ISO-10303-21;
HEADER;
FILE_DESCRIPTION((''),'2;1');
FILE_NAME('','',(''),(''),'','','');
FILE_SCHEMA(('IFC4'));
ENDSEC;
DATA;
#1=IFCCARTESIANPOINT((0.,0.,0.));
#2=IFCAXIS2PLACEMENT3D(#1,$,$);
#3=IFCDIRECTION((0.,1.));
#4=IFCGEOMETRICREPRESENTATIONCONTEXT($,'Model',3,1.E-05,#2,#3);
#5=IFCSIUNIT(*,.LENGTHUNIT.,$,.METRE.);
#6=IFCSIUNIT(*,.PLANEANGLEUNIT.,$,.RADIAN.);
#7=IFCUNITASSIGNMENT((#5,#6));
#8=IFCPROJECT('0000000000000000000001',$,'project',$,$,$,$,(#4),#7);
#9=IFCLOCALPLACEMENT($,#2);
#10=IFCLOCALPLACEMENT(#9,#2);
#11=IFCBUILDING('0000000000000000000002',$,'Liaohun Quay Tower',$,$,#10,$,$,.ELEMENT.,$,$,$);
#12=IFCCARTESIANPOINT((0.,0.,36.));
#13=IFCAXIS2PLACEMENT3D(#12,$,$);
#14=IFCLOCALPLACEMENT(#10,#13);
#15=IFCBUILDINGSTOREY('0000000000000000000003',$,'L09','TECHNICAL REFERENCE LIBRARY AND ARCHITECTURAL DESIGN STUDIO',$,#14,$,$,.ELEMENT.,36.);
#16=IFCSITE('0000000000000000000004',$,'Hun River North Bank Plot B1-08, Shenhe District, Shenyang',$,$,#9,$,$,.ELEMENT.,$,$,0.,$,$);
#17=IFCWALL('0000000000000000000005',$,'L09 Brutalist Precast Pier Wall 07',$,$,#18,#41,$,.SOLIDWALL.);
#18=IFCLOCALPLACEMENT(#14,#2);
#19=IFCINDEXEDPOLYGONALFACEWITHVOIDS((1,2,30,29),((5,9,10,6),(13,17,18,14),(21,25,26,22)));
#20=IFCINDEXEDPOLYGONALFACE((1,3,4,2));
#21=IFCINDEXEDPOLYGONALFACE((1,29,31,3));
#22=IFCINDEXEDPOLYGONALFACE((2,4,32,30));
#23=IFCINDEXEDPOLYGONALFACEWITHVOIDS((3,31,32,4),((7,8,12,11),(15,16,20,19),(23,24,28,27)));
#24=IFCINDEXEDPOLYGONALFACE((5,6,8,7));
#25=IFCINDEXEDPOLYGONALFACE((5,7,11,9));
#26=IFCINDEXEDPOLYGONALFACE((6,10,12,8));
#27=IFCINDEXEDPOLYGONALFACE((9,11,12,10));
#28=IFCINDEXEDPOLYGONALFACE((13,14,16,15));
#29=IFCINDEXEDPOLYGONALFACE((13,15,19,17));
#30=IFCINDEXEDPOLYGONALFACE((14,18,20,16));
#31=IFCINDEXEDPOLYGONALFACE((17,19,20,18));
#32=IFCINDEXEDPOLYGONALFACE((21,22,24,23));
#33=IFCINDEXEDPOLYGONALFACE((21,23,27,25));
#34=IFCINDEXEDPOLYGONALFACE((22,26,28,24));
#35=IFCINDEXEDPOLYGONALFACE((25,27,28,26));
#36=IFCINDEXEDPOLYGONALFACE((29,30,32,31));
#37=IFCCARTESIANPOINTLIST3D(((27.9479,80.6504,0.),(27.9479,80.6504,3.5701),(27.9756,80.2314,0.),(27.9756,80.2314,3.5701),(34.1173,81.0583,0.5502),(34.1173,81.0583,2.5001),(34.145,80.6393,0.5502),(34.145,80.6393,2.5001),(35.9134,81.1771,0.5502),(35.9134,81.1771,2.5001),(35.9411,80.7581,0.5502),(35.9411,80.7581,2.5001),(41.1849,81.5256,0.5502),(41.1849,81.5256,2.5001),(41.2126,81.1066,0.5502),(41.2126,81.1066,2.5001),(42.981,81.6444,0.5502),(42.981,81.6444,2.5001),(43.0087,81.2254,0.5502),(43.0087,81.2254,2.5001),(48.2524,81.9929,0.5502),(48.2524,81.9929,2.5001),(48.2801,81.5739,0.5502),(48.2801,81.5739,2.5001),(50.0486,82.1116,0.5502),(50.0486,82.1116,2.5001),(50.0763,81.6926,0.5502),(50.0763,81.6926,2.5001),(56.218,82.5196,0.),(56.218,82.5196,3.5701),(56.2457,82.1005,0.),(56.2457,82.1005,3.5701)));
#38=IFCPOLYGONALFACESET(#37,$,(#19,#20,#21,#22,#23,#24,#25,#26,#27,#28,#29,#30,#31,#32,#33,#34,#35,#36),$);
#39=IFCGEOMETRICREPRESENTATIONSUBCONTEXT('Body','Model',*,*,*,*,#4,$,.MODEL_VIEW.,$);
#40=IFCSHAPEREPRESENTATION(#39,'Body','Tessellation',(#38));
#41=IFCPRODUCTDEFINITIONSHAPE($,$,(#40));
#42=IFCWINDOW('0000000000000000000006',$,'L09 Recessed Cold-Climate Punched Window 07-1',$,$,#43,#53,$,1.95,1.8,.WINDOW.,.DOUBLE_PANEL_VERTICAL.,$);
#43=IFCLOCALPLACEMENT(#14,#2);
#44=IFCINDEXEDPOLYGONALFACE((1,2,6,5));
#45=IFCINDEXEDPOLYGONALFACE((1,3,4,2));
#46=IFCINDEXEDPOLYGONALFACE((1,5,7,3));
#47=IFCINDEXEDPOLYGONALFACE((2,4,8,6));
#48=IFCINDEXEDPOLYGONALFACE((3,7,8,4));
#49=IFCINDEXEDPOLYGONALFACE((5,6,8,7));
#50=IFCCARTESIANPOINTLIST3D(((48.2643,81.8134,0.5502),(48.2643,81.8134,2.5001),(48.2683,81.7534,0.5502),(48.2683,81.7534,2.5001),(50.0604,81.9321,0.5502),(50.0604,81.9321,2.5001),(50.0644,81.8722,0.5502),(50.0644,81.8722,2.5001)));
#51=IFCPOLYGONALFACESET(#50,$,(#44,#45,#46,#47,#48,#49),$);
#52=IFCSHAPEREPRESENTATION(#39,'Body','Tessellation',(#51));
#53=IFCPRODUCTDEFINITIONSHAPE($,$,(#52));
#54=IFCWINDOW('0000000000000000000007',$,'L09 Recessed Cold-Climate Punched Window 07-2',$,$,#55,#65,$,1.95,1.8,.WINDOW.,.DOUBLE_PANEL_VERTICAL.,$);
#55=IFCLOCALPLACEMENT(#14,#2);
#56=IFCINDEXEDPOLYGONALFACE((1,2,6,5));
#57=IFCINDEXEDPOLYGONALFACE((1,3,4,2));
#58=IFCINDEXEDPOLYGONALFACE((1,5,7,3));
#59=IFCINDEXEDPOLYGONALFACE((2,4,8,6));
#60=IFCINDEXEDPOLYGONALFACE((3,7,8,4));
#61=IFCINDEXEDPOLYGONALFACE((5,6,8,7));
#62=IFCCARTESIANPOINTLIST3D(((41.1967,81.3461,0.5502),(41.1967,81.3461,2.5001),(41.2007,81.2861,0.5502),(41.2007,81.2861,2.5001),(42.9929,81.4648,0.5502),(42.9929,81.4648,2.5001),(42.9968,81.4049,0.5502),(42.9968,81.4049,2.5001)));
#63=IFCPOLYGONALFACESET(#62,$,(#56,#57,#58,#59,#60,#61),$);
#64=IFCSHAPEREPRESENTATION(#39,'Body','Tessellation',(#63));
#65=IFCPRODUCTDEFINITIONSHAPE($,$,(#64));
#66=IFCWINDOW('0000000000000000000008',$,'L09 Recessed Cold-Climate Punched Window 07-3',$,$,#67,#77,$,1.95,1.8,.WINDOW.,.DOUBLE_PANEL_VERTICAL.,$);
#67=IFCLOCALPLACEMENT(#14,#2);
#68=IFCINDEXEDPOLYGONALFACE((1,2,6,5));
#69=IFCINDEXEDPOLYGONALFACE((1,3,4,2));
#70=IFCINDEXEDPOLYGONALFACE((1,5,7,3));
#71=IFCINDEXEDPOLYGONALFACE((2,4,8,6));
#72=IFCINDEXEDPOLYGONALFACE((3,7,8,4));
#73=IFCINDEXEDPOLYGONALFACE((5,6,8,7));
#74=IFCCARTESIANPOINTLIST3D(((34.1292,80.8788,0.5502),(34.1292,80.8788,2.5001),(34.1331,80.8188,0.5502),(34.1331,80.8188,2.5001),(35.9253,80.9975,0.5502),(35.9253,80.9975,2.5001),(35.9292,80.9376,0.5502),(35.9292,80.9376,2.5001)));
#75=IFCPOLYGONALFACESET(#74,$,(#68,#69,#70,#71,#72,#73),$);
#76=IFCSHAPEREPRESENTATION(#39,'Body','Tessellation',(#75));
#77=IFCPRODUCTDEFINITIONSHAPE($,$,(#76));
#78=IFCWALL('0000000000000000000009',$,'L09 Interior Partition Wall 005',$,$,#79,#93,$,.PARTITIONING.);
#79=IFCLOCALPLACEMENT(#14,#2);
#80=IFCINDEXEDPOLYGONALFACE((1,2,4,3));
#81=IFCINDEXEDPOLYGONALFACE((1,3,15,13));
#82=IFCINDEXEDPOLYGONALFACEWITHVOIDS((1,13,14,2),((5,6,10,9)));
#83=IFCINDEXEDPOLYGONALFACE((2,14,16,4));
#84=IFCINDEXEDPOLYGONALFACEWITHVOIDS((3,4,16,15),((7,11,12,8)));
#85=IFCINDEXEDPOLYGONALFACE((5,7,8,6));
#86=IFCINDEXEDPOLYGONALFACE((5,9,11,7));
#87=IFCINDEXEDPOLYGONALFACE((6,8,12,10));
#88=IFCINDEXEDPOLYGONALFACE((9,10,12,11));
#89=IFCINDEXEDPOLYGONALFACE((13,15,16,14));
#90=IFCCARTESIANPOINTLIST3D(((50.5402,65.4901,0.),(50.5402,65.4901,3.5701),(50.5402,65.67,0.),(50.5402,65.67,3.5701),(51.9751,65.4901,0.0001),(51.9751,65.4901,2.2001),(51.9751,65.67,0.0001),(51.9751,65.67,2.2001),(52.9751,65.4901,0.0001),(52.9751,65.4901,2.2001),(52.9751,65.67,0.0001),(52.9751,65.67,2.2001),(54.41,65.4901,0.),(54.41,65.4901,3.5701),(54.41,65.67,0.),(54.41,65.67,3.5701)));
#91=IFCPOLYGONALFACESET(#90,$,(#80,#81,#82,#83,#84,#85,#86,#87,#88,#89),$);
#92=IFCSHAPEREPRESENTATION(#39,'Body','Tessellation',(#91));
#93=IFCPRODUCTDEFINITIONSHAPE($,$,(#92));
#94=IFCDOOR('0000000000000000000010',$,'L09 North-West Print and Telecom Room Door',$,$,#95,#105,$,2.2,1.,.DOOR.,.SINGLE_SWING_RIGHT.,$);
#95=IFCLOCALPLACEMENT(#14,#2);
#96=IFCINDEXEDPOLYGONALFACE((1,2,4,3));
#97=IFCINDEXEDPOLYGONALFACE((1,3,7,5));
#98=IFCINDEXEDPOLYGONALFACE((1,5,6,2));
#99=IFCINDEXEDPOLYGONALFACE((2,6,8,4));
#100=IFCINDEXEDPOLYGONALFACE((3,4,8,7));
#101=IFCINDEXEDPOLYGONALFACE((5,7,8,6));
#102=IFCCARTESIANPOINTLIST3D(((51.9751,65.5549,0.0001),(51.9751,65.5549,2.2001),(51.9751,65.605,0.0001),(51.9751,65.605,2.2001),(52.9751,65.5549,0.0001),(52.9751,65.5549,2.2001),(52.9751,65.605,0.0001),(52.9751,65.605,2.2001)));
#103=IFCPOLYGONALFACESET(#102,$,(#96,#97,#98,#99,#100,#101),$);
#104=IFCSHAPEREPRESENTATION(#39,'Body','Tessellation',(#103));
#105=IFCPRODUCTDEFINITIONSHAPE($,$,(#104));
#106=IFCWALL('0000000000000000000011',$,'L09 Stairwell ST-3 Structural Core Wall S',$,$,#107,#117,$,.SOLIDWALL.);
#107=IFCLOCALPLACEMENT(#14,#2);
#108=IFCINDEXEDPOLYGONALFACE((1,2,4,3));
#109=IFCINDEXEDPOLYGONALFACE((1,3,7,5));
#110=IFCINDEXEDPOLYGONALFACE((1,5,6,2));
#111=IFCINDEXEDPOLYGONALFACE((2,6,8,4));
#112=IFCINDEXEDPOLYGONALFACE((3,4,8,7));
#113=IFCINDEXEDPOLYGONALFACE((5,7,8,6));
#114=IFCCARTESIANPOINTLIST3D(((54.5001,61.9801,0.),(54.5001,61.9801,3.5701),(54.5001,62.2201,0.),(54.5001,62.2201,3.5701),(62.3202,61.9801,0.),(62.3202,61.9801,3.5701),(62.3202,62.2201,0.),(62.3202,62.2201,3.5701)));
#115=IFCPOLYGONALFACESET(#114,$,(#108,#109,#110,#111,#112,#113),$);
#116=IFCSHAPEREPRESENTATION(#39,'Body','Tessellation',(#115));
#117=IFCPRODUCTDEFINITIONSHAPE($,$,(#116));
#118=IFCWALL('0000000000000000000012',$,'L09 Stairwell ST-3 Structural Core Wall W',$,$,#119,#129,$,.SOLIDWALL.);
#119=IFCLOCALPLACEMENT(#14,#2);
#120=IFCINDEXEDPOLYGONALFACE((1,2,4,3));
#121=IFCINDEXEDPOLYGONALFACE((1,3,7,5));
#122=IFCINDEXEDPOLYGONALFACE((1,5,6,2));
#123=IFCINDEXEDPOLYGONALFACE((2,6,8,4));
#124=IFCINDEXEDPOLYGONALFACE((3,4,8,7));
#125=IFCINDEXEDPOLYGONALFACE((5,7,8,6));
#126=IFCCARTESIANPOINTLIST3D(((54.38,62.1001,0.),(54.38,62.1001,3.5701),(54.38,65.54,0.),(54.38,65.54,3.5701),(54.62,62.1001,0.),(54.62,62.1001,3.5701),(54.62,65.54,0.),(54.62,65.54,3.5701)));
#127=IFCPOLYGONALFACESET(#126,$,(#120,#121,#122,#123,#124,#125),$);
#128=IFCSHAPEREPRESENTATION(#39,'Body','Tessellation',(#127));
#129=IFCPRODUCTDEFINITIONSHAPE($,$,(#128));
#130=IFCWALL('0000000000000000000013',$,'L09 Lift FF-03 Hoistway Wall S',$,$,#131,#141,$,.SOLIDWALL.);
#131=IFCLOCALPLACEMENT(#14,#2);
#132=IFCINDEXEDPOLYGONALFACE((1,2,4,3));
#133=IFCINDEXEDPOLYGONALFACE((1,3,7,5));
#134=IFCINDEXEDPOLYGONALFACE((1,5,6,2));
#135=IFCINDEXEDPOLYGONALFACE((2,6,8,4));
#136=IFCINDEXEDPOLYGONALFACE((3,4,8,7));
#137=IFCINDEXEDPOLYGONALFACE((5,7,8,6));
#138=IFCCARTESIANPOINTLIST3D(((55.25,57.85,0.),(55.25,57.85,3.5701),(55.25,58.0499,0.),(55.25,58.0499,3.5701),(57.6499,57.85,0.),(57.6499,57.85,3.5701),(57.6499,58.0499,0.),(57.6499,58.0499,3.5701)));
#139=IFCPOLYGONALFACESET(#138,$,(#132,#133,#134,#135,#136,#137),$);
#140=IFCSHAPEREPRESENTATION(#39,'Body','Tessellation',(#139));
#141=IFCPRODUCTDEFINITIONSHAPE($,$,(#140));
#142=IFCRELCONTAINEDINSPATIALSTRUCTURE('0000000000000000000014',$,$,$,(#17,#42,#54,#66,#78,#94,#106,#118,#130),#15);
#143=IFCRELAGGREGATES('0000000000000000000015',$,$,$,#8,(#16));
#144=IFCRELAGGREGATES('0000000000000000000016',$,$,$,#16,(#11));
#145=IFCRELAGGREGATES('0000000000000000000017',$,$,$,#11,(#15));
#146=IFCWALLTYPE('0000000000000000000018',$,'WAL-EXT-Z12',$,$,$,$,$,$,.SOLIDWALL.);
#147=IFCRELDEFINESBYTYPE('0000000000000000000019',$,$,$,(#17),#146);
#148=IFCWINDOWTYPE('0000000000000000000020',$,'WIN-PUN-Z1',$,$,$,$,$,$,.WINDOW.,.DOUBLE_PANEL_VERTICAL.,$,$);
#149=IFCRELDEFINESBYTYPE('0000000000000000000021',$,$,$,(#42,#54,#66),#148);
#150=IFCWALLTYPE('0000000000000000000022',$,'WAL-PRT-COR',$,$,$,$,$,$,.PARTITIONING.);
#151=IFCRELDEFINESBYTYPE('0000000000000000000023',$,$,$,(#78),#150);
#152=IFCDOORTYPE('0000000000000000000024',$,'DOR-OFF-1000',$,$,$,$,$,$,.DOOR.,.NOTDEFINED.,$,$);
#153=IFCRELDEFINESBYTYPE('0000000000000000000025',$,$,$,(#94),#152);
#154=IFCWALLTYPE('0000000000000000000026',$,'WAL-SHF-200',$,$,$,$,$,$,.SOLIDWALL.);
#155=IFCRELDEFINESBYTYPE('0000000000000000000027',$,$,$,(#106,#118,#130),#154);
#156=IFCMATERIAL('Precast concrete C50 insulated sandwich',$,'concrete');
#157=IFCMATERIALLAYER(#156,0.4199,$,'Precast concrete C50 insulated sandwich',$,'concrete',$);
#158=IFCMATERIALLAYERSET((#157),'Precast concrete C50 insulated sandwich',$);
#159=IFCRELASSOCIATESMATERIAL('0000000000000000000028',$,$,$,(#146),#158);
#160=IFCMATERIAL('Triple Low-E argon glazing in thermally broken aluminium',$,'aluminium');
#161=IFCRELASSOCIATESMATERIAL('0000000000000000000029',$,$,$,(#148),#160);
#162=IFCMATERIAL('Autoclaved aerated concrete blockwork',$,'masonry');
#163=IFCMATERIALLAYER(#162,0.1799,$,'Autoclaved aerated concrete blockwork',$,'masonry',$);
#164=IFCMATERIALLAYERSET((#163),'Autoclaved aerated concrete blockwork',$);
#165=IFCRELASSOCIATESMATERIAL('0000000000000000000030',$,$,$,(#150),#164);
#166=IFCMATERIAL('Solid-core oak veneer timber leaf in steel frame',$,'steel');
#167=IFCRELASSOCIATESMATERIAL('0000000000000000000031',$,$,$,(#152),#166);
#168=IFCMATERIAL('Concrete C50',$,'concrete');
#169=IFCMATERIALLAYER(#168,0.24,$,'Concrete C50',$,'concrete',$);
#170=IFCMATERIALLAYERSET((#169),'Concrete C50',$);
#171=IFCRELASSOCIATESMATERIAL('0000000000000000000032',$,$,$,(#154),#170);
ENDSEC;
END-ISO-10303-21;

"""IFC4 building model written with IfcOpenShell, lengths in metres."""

from ifc_helpers import new_model, si_unit, direction, frame, frame_2d, origin, place, context, subcontext, project, spatial, rectangle, extrude, source, transform, mapped, material, layer, layer_set, type_object, element, fill, save


model = new_model("IFC4")

# Units and contexts
model_context = context("Model", 3, precision=1e-05, world=origin(), true_north=direction((0.0, 1.0)))
body_context = subcontext(model_context, "Body", "Model", "MODEL_VIEW")
ifc_project = project(units=[si_unit("LENGTHUNIT", "METRE"), si_unit("PLANEANGLEUNIT", "RADIAN")], contexts=[model_context])

# Site, building, storey
site_placement = place(None, origin())
site = spatial("IfcSite", under=ifc_project, at=site_placement, Name="Hun River North Bank Plot B1-08, Shenhe District, Shenyang", CompositionType="ELEMENT", RefElevation=0.0)
building_placement = place(site_placement, origin())
building = spatial("IfcBuilding", under=site, at=building_placement, Name="Liaohun Quay Tower", CompositionType="ELEMENT")
storey_placement = place(building_placement, frame((0.0, 0.0, 36.0)))
storey = spatial("IfcBuildingStorey", under=building, at=storey_placement, Name="L09", Description="TECHNICAL REFERENCE LIBRARY AND ARCHITECTURAL DESIGN STUDIO", CompositionType="ELEMENT", Elevation=36.0)

# Wall, openings, windows
ifc_material_1 = material(Name="Precast concrete C50 insulated sandwich", Category="concrete")
ifc_layer_1 = layer(ifc_material_1, 0.4199, Name="Precast concrete C50 insulated sandwich", Category="concrete")
ifc_layer_set_1 = layer_set([ifc_layer_1], Name="Precast concrete C50 insulated sandwich")
wall_type_1 = type_object("IfcWallType", Name="WAL-EXT-Z12", PredefinedType="SOLIDWALL", material=ifc_layer_set_1)
wall_1_placement = place(storey_placement, frame((56.2319, 82.3101, 0.0), z_axis=(0.0, 0.0, 1.0), x_axis=(-0.997821, -0.065973, 0.0)))
wall_1 = element("IfcWall", 1, at=wall_1_placement, inside=storey, type_object=wall_type_1, Name="L09 Brutalist Precast Pier Wall 07", PredefinedType="SOLIDWALL", context=body_context, shape_type="SweptSolid", body=[
    extrude(rectangle(XDim=28.3318, YDim=0.4199, at=frame_2d((14.166, 0.0))), origin(), (0.0, 0.0, 1.0), 3.5701),
])
shared_shape_1 = source(origin(), body_context, "Body", "SweptSolid", [
    extrude(rectangle(XDim=1.8, YDim=1.95, at=frame_2d((0.8999, 0.9751))), frame((0.0, 0.22, 0.0), z_axis=(0.0, -1.0, 0.0), x_axis=(1.0, 0.0, 0.0)), (0.0, 0.0, 1.0), 0.4399),
])
opening_1_placement = place(wall_1_placement, frame((6.1831, 0.0, 0.55)))
opening_1 = element("IfcOpeningElement", 2, at=opening_1_placement, cuts=wall_1, PredefinedType="OPENING", context=body_context, shape_type="MappedRepresentation", body=[
    mapped(shared_shape_1, transform((0.0, 0.0, 0.0), x_axis=(1.0, 0.0, 0.0), y_axis=(0.0, 1.0, 0.0), z_axis=(0.0, 0.0, 1.0), scale=1.0)),
])
opening_2_placement = place(wall_1_placement, frame((13.2661, 0.0, 0.55)))
opening_2 = element("IfcOpeningElement", 3, at=opening_2_placement, cuts=wall_1, PredefinedType="OPENING", context=body_context, shape_type="MappedRepresentation", body=[
    mapped(shared_shape_1, transform((0.0, 0.0, 0.0), x_axis=(1.0, 0.0, 0.0), y_axis=(0.0, 1.0, 0.0), z_axis=(0.0, 0.0, 1.0), scale=1.0)),
])
opening_3_placement = place(wall_1_placement, frame((20.3491, 0.0, 0.55)))
opening_3 = element("IfcOpeningElement", 4, at=opening_3_placement, cuts=wall_1, PredefinedType="OPENING", context=body_context, shape_type="MappedRepresentation", body=[
    mapped(shared_shape_1, transform((0.0, 0.0, 0.0), x_axis=(1.0, 0.0, 0.0), y_axis=(0.0, 1.0, 0.0), z_axis=(0.0, 0.0, 1.0), scale=1.0)),
])
ifc_material_2 = material(Name="Triple Low-E argon glazing in thermally broken aluminium", Category="aluminium")
window_type = type_object("IfcWindowType", Name="WIN-PUN-Z1", PartitioningType="DOUBLE_PANEL_VERTICAL", PredefinedType="WINDOW", material=ifc_material_2)
shared_shape_2 = source(origin(), body_context, "Body", "SweptSolid", [
    extrude(rectangle(XDim=1.8, YDim=1.95, at=frame_2d((0.8999, 0.9751))), frame((0.0, 0.03, 0.0), z_axis=(0.0, -1.0, 0.0), x_axis=(1.0, 0.0, 0.0)), (0.0, 0.0, 1.0), 0.0601),
])
window_1_placement = place(opening_1_placement, origin())
window_1 = element("IfcWindow", 5, at=window_1_placement, inside=storey, type_object=window_type, Name="L09 Recessed Cold-Climate Punched Window 07-1", OverallHeight=1.95, OverallWidth=1.8, PartitioningType="DOUBLE_PANEL_VERTICAL", PredefinedType="WINDOW", context=body_context, shape_type="MappedRepresentation", body=[
    mapped(shared_shape_2, transform((0.0, 0.0, 0.0), x_axis=(1.0, 0.0, 0.0), y_axis=(0.0, 1.0, 0.0), z_axis=(0.0, 0.0, 1.0), scale=1.0)),
])
fill(opening_1, window_1)
window_2_placement = place(opening_2_placement, origin())
window_2 = element("IfcWindow", 6, at=window_2_placement, inside=storey, type_object=window_type, Name="L09 Recessed Cold-Climate Punched Window 07-2", OverallHeight=1.95, OverallWidth=1.8, PartitioningType="DOUBLE_PANEL_VERTICAL", PredefinedType="WINDOW", context=body_context, shape_type="MappedRepresentation", body=[
    mapped(shared_shape_2, transform((0.0, 0.0, 0.0), x_axis=(1.0, 0.0, 0.0), y_axis=(0.0, 1.0, 0.0), z_axis=(0.0, 0.0, 1.0), scale=1.0)),
])
fill(opening_2, window_2)
window_3_placement = place(opening_3_placement, origin())
window_3 = element("IfcWindow", 7, at=window_3_placement, inside=storey, type_object=window_type, Name="L09 Recessed Cold-Climate Punched Window 07-3", OverallHeight=1.95, OverallWidth=1.8, PartitioningType="DOUBLE_PANEL_VERTICAL", PredefinedType="WINDOW", context=body_context, shape_type="MappedRepresentation", body=[
    mapped(shared_shape_2, transform((0.0, 0.0, 0.0), x_axis=(1.0, 0.0, 0.0), y_axis=(0.0, 1.0, 0.0), z_axis=(0.0, 0.0, 1.0), scale=1.0)),
])
fill(opening_3, window_3)

# Wall, opening, door
ifc_material_3 = material(Name="Autoclaved aerated concrete blockwork", Category="masonry")
ifc_layer_2 = layer(ifc_material_3, 0.1799, Name="Autoclaved aerated concrete blockwork", Category="masonry")
ifc_layer_set_2 = layer_set([ifc_layer_2], Name="Autoclaved aerated concrete blockwork")
wall_type_2 = type_object("IfcWallType", Name="WAL-PRT-COR", PredefinedType="PARTITIONING", material=ifc_layer_set_2)
wall_2_placement = place(storey_placement, frame((50.54, 65.5801, 0.0), z_axis=(0.0, 0.0, 1.0), x_axis=(1.0, 0.0, 0.0)))
wall_2 = element("IfcWall", 8, at=wall_2_placement, inside=storey, type_object=wall_type_2, Name="L09 Interior Partition Wall 005", PredefinedType="PARTITIONING", context=body_context, shape_type="SweptSolid", body=[
    extrude(rectangle(XDim=3.8699, YDim=0.1799, at=frame_2d((1.9351, 0.0))), origin(), (0.0, 0.0, 1.0), 3.5701),
])
shared_shape_3 = source(origin(), body_context, "Body", "SweptSolid", [
    extrude(rectangle(XDim=1.0, YDim=2.2, at=frame_2d((0.5, 1.1001))), frame((0.0, 0.0999, 0.0), z_axis=(0.0, -1.0, 0.0), x_axis=(1.0, 0.0, 0.0)), (0.0, 0.0, 1.0), 0.2),
])
opening_4_placement = place(wall_2_placement, frame((1.4351, 0.0, 0.0)))
opening_4 = element("IfcOpeningElement", 9, at=opening_4_placement, cuts=wall_2, PredefinedType="OPENING", context=body_context, shape_type="MappedRepresentation", body=[
    mapped(shared_shape_3, transform((0.0, 0.0, 0.0), x_axis=(1.0, 0.0, 0.0), y_axis=(0.0, 1.0, 0.0), z_axis=(0.0, 0.0, 1.0), scale=1.0)),
])
ifc_material_4 = material(Name="Solid-core oak veneer timber leaf in steel frame", Category="steel")
door_type_1 = type_object("IfcDoorType", Name="DOR-OFF-1000", OperationType="NOTDEFINED", PredefinedType="DOOR", material=ifc_material_4)
shared_shape_4 = source(origin(), body_context, "Body", "SweptSolid", [
    extrude(rectangle(XDim=1.0, YDim=2.2, at=frame_2d((0.5, 1.1001))), frame((0.0, 0.0249, 0.0), z_axis=(0.0, -1.0, 0.0), x_axis=(1.0, 0.0, 0.0)), (0.0, 0.0, 1.0), 0.05),
])
door_1_placement = place(opening_4_placement, origin())
door_1 = element("IfcDoor", 10, at=door_1_placement, inside=storey, type_object=door_type_1, Name="L09 North-West Print and Telecom Room Door", OperationType="SINGLE_SWING_RIGHT", OverallHeight=2.2, OverallWidth=1.0, PredefinedType="DOOR", context=body_context, shape_type="MappedRepresentation", body=[
    mapped(shared_shape_4, transform((0.0, 0.0, 0.0), x_axis=(1.0, 0.0, 0.0), y_axis=(0.0, 1.0, 0.0), z_axis=(0.0, 0.0, 1.0), scale=1.0)),
])
fill(opening_4, door_1)

# Walls
ifc_material_5 = material(Name="Concrete C50", Category="concrete")
ifc_layer_3 = layer(ifc_material_5, 0.24, Name="Concrete C50", Category="concrete")
ifc_layer_set_3 = layer_set([ifc_layer_3], Name="Concrete C50")
wall_type_3 = type_object("IfcWallType", Name="WAL-SHF-200", PredefinedType="SOLIDWALL", material=ifc_layer_set_3)
wall_3_placement = place(storey_placement, frame((54.5, 62.1001, 0.0), z_axis=(0.0, 0.0, 1.0), x_axis=(1.0, 0.0, 0.0)))
element("IfcWall", 11, at=wall_3_placement, inside=storey, type_object=wall_type_3, Name="L09 Stairwell ST-3 Structural Core Wall S", PredefinedType="SOLIDWALL", context=body_context, shape_type="SweptSolid", body=[
    extrude(rectangle(XDim=7.8201, YDim=0.24, at=frame_2d((3.9102, 0.0))), origin(), (0.0, 0.0, 1.0), 3.5701),
])
wall_4_placement = place(storey_placement, frame((54.5, 65.54, 0.0), z_axis=(0.0, 0.0, 1.0), x_axis=(0.0, -1.0, 0.0)))
element("IfcWall", 12, at=wall_4_placement, inside=storey, type_object=wall_type_3, Name="L09 Stairwell ST-3 Structural Core Wall W", PredefinedType="SOLIDWALL", context=body_context, shape_type="SweptSolid", body=[
    extrude(rectangle(XDim=3.4399, YDim=0.24, at=frame_2d((1.72, 0.0))), origin(), (0.0, 0.0, 1.0), 3.5701),
])
wall_5_placement = place(storey_placement, frame((55.25, 57.95, 0.0), z_axis=(0.0, 0.0, 1.0), x_axis=(1.0, 0.0, 0.0)))
element("IfcWall", 13, at=wall_5_placement, inside=storey, type_object=wall_type_3, Name="L09 Lift FF-03 Hoistway Wall S", PredefinedType="SOLIDWALL", context=body_context, shape_type="SweptSolid", body=[
    extrude(rectangle(XDim=2.3999, YDim=0.2, at=frame_2d((1.2, 0.0))), origin(), (0.0, 0.0, 1.0), 3.5701),
])

save(model, "model.ifc")
